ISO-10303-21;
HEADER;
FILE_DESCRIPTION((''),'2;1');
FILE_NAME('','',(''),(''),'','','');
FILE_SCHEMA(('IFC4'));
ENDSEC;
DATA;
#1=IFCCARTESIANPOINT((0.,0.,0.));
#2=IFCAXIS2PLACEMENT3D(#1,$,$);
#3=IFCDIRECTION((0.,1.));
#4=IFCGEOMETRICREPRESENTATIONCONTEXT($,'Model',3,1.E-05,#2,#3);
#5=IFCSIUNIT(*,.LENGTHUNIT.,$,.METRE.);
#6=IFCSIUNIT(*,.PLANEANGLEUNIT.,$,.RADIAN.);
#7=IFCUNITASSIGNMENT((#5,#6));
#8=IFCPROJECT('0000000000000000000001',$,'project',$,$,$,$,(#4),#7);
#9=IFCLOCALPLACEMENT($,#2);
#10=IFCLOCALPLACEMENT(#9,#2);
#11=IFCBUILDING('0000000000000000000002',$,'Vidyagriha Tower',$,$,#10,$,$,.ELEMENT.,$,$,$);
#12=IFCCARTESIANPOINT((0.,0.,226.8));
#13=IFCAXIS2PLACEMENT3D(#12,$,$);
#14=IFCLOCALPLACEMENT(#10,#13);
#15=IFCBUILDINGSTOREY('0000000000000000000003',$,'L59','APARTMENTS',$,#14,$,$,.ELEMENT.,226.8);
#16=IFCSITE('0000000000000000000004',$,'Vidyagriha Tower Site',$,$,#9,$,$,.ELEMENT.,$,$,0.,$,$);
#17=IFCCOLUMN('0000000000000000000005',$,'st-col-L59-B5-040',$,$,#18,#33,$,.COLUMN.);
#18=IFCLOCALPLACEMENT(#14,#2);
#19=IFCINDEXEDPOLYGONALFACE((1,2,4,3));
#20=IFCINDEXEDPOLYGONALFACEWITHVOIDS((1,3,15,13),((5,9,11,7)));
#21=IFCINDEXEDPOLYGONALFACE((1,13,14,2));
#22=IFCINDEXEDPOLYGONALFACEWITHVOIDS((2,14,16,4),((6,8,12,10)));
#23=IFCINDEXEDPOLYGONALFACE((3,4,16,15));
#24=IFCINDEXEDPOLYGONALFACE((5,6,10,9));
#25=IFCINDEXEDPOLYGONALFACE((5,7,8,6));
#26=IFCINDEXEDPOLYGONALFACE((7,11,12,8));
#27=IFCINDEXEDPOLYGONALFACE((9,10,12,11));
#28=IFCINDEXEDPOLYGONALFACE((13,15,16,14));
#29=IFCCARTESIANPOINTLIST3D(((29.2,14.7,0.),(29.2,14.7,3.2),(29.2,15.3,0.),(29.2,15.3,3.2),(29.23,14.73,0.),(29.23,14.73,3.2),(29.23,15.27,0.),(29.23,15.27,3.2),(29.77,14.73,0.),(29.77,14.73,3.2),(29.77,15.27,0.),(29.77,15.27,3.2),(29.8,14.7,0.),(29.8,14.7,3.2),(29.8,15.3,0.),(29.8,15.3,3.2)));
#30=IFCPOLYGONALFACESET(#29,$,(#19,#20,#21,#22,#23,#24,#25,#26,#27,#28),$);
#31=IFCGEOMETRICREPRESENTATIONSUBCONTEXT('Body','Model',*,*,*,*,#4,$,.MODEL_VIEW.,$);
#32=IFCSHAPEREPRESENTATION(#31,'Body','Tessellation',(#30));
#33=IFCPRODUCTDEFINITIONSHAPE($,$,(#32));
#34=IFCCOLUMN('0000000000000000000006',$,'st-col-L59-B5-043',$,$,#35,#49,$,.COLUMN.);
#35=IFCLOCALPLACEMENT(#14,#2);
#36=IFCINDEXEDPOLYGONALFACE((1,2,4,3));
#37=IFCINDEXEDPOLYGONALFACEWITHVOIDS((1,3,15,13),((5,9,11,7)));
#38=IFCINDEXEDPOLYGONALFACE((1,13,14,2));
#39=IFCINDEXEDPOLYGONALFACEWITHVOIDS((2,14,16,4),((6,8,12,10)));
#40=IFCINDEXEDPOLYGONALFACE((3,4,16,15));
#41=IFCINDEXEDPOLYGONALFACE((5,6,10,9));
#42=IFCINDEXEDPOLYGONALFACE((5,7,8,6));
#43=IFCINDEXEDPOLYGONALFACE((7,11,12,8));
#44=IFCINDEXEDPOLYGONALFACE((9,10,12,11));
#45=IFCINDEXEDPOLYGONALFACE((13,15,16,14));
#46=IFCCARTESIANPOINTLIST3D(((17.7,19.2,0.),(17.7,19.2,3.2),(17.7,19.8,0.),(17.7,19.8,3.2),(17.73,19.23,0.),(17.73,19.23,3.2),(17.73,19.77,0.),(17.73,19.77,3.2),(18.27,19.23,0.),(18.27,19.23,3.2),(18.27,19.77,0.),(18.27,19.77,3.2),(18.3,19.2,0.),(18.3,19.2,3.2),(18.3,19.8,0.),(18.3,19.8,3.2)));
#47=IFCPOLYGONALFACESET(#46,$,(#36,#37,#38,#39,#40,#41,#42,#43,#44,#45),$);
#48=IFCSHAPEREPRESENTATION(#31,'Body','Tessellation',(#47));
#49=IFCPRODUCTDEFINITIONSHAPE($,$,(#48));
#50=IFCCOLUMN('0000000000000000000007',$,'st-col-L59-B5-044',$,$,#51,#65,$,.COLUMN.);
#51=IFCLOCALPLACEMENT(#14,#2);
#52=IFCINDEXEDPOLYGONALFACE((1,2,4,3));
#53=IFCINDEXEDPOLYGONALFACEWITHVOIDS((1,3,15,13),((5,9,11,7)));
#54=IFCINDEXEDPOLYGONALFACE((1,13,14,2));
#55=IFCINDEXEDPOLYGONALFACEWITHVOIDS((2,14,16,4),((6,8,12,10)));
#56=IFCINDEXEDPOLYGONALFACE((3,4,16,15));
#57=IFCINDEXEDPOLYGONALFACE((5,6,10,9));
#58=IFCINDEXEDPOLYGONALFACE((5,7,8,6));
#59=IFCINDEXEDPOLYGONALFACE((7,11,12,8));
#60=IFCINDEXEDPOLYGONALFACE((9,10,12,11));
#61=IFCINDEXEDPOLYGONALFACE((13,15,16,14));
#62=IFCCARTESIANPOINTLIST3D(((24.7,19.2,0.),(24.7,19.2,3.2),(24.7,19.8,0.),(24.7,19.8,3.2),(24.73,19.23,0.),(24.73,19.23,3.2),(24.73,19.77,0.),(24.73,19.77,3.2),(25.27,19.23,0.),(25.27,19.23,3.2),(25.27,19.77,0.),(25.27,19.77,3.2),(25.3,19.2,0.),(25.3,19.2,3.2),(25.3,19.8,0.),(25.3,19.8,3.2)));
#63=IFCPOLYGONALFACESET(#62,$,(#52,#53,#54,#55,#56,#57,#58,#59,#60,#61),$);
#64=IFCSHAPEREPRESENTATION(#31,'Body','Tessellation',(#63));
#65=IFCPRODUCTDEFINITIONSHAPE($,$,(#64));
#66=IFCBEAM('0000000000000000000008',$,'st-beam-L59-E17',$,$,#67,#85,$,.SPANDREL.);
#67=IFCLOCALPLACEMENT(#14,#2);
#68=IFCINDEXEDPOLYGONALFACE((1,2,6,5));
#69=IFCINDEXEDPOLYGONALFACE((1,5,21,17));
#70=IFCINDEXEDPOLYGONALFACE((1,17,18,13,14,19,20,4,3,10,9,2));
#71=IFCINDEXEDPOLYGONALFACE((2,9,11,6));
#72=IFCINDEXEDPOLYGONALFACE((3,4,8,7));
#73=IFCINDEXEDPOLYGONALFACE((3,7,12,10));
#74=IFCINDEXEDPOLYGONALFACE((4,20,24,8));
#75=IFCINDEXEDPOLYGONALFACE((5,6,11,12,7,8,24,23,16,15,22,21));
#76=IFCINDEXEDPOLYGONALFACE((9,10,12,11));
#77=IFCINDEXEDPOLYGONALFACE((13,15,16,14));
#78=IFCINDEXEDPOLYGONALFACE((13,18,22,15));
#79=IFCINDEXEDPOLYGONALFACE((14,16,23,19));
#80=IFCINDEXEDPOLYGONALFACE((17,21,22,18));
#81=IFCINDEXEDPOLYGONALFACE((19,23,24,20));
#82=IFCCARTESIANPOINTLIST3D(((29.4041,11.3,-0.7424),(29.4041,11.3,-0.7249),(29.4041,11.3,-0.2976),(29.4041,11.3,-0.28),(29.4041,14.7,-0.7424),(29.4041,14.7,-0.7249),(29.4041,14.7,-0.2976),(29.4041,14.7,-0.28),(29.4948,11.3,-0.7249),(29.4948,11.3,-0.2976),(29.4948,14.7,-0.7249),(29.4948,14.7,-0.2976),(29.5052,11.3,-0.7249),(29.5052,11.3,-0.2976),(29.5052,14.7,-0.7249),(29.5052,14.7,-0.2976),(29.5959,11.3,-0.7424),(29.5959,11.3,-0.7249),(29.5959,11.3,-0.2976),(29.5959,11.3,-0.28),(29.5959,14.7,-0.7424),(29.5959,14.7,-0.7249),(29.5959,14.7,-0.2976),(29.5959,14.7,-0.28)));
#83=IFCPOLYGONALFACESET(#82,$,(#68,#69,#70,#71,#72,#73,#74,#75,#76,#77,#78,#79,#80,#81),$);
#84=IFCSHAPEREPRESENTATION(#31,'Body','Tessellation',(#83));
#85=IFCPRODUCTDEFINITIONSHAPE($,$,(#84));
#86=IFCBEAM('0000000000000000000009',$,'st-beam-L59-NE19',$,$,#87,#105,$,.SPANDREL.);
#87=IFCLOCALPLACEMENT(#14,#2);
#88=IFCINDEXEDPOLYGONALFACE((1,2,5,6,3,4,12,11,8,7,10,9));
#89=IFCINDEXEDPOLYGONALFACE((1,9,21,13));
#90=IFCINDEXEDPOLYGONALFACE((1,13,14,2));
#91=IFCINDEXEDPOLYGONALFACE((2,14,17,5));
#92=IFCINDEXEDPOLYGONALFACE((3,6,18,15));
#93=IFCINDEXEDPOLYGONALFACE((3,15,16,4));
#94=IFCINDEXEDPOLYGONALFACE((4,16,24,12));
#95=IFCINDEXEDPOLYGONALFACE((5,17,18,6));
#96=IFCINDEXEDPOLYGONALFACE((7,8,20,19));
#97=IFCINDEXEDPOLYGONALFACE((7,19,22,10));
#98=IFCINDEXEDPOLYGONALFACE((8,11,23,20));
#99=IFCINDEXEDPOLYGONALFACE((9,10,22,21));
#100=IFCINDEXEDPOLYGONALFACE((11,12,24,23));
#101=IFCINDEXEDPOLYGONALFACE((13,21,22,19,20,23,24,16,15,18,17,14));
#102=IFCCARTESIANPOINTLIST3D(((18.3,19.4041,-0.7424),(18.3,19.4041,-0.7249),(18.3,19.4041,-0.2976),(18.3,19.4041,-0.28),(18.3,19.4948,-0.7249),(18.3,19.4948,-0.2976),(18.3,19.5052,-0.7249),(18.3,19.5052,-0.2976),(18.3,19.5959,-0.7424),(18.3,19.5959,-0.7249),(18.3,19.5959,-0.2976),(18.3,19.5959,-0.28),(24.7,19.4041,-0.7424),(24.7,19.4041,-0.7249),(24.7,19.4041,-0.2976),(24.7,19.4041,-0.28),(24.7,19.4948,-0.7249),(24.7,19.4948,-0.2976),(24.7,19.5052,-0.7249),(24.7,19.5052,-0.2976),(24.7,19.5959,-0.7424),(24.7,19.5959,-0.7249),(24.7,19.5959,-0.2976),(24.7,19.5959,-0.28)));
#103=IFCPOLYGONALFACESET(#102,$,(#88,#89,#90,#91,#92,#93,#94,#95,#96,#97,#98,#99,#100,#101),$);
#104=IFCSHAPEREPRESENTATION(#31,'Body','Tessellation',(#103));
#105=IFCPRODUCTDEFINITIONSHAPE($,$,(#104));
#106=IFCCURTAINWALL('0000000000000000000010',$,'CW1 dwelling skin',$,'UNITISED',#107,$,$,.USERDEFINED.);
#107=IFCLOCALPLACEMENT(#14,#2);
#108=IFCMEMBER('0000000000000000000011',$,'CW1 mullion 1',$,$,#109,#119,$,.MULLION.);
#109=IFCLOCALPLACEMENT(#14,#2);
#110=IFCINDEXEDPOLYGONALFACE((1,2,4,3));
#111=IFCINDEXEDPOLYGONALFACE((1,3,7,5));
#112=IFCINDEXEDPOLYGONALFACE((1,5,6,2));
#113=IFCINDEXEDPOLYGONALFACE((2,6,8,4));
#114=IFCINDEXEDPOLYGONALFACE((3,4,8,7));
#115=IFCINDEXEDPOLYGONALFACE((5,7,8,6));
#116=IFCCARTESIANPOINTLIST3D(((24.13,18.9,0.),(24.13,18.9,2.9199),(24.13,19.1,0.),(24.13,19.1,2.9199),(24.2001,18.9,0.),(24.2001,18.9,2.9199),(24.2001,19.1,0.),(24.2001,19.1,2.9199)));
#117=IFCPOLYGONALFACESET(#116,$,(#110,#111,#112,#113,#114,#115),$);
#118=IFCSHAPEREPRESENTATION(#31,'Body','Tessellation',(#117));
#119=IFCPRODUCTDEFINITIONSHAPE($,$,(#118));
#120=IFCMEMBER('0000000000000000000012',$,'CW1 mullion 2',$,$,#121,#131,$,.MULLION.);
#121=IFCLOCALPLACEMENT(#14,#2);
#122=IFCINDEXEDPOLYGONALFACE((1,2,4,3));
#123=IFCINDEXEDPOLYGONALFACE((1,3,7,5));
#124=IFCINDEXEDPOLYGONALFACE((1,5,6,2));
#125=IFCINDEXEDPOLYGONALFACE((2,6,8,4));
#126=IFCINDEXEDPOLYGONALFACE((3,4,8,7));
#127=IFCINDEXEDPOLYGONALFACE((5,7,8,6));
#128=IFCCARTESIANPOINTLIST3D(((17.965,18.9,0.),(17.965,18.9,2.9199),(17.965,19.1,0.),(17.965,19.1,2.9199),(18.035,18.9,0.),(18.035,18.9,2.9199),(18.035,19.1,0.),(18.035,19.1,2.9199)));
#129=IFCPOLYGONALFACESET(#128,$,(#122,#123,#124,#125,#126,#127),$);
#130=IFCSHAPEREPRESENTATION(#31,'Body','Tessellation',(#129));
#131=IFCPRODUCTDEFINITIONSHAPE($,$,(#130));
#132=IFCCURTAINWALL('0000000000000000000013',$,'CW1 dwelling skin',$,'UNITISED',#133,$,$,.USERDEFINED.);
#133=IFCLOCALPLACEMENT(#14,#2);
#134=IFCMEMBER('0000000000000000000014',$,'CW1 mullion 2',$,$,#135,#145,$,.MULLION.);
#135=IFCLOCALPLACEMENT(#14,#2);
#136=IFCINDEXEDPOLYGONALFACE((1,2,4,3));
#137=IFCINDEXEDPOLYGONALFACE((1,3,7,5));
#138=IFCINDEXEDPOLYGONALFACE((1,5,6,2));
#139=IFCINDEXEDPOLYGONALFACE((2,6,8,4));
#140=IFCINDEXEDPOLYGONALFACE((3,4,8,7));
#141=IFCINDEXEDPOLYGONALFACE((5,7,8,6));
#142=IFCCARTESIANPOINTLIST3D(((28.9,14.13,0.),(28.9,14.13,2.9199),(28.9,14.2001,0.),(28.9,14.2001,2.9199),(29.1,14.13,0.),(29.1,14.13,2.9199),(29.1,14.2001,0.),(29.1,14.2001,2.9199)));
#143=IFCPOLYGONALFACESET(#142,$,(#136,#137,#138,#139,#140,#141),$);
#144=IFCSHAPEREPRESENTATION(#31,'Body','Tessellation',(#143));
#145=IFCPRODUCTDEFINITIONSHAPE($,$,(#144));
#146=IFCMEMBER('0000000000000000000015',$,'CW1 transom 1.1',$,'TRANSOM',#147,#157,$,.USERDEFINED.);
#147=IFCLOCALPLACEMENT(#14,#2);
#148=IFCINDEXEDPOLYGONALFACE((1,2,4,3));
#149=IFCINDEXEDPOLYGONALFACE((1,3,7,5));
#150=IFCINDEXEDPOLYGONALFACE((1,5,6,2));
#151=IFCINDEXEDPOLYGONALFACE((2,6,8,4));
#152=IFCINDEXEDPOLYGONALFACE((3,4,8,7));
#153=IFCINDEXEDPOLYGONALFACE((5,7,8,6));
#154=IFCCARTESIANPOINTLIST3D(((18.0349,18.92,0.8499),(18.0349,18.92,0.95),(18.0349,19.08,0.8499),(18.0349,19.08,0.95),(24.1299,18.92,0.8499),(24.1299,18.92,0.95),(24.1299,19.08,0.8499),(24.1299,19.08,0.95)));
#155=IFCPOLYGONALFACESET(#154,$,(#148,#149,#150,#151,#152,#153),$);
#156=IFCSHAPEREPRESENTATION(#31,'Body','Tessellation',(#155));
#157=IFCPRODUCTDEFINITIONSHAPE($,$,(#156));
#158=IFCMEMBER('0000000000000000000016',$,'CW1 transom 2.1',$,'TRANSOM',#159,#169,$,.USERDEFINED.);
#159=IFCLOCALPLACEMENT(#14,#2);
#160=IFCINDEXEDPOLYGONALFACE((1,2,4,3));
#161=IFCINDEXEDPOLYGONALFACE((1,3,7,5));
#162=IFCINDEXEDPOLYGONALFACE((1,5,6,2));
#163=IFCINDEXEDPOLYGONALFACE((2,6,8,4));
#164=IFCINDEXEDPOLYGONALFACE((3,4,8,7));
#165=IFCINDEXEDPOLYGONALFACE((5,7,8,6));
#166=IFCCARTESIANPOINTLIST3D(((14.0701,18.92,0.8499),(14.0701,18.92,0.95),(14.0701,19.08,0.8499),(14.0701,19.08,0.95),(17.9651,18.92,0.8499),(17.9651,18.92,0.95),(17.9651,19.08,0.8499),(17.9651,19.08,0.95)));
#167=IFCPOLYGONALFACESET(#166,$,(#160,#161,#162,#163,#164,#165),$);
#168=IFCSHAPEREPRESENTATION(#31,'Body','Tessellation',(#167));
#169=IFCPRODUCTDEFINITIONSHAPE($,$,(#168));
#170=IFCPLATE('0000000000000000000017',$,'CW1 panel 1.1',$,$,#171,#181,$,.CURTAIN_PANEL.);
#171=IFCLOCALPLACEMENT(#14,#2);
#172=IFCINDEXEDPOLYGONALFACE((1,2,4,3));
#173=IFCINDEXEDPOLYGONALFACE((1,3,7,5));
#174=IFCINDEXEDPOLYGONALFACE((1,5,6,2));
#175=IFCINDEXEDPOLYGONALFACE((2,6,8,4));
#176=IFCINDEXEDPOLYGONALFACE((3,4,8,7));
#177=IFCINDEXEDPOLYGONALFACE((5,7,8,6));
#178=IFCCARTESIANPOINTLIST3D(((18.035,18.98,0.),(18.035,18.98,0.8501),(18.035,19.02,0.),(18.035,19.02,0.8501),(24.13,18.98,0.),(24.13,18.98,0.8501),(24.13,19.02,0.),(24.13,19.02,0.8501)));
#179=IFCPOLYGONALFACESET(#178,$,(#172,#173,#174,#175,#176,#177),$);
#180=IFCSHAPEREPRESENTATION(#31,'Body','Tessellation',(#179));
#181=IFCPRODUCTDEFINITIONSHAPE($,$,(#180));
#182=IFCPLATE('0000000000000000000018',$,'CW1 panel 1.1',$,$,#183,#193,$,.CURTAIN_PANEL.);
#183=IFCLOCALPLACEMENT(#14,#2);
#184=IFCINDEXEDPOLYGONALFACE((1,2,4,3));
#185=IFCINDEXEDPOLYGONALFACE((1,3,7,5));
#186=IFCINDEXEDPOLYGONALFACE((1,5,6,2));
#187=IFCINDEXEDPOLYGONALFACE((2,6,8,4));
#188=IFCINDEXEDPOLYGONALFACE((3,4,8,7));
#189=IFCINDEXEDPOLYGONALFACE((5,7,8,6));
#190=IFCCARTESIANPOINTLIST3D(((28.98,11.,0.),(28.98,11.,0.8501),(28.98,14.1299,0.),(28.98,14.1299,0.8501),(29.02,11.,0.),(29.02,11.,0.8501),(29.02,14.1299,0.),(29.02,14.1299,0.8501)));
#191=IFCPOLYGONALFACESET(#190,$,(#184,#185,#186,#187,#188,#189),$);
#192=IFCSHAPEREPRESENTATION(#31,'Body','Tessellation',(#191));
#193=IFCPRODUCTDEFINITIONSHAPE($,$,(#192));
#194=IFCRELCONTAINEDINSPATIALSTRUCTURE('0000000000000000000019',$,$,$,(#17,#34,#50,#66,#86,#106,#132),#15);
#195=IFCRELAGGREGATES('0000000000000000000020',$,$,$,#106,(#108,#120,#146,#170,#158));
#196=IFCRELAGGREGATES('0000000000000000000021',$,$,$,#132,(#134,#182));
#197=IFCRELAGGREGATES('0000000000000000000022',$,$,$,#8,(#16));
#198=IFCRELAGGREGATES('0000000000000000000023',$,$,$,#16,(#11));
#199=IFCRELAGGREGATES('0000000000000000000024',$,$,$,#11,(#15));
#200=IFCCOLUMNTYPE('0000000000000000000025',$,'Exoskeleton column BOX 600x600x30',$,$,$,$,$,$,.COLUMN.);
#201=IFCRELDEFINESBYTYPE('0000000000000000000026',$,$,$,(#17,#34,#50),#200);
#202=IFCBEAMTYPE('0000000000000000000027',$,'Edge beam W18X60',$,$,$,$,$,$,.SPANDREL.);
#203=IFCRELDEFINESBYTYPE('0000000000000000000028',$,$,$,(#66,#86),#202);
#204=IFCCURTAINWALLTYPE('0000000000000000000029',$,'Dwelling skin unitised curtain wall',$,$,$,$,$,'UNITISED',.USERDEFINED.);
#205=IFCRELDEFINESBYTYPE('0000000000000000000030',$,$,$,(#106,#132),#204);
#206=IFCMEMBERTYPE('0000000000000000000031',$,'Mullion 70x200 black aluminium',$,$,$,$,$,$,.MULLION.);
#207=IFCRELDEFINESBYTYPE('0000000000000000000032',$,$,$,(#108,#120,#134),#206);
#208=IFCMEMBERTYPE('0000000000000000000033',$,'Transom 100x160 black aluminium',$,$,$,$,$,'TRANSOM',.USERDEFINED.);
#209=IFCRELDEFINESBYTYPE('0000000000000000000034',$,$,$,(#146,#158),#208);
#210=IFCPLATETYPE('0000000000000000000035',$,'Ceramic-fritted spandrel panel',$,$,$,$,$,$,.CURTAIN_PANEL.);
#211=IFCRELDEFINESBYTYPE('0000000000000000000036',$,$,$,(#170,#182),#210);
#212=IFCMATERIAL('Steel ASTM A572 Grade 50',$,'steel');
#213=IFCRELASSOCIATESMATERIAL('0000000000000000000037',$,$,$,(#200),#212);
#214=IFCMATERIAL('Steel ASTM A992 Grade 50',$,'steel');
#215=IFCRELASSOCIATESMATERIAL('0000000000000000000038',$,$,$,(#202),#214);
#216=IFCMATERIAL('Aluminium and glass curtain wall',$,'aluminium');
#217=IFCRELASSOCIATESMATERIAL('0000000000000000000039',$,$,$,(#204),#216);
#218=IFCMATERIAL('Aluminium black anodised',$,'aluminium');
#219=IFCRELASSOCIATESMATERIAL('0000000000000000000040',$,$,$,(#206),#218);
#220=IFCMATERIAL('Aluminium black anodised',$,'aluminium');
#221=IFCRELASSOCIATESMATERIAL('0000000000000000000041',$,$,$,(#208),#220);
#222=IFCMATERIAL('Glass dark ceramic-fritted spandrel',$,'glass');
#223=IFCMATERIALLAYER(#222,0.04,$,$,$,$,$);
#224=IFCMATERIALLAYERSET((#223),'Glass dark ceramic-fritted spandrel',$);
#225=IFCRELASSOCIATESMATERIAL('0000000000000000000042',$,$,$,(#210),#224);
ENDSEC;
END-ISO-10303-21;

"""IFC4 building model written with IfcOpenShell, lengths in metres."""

from ifc_helpers import new_model, si_unit, direction, frame, origin, origin_2d, place, context, subcontext, project, spatial, rectangle, hollow_rectangle, i_section, extrude, material, layer, layer_set, material_profile, profile_set, type_object, element, aggregate, save


model = new_model("IFC4")

# Units and contexts
model_context = context("Model", 3, precision=1e-05, world=origin(), true_north=direction((0.0, 1.0)))
body_context = subcontext(model_context, "Body", "Model", "MODEL_VIEW")
ifc_project = project(units=[si_unit("LENGTHUNIT", "METRE"), si_unit("PLANEANGLEUNIT", "RADIAN")], contexts=[model_context])

# Site, building, storey
site_placement = place(None, origin())
site = spatial("IfcSite", under=ifc_project, at=site_placement, Name="Vidyagriha Tower Site", CompositionType="ELEMENT", RefElevation=0.0)
building_placement = place(site_placement, origin())
building = spatial("IfcBuilding", under=site, at=building_placement, Name="Vidyagriha Tower", CompositionType="ELEMENT")
storey_placement = place(building_placement, frame((0.0, 0.0, 226.8)))
storey = spatial("IfcBuildingStorey", under=building, at=storey_placement, Name="L59", Description="APARTMENTS", CompositionType="ELEMENT", Elevation=226.8)

# Columns
ifc_material_1 = material(Name="Steel ASTM A572 Grade 50", Category="steel")
ifc_material_profile_1 = material_profile(ifc_material_1, hollow_rectangle(XDim=0.6001, YDim=0.6001, WallThickness=0.03, at=origin_2d()), Name="BOX 600x600x30")
ifc_profile_set_1 = profile_set([ifc_material_profile_1], Name="Steel ASTM A572 Grade 50")
column_type = type_object("IfcColumnType", Name="Exoskeleton column BOX 600x600x30", PredefinedType="COLUMN", material=ifc_profile_set_1)
for number, where, name in (
    (1, (29.5, 15.0, 0.0), "st-col-L59-B5-040"),
    (2, (18.0, 19.5, 0.0), "st-col-L59-B5-043"),
    (3, (25.0, 19.5, 0.0), "st-col-L59-B5-044"),
):
    element("IfcColumn", number, at=place(storey_placement, frame(where)), inside=storey, type_object=column_type, Name=name, PredefinedType="COLUMN", context=body_context, shape_type="SweptSolid", body=[
        extrude(hollow_rectangle(XDim=0.6001, YDim=0.6001, WallThickness=0.03, at=origin_2d()), origin(), (0.0, 0.0, 1.0), 3.2),
    ])

# Beams
ifc_material_2 = material(Name="Steel ASTM A992 Grade 50", Category="steel")
ifc_material_profile_2 = material_profile(ifc_material_2, i_section(OverallWidth=0.1919, OverallDepth=0.4624, WebThickness=0.0105, FlangeThickness=0.0176, at=origin_2d()), Name="W18X60")
ifc_profile_set_2 = profile_set([ifc_material_profile_2], Name="Steel ASTM A992 Grade 50")
beam_type = type_object("IfcBeamType", Name="Edge beam W18X60", PredefinedType="SPANDREL", material=ifc_profile_set_2)
beam_1_placement = place(storey_placement, frame((29.5, 11.3, -0.5112), z_axis=(0.0, 1.0, 0.0), x_axis=(-1.0, 0.0, 0.0)))
element("IfcBeam", 4, at=beam_1_placement, inside=storey, type_object=beam_type, Name="st-beam-L59-E17", PredefinedType="SPANDREL", context=body_context, shape_type="SweptSolid", body=[
    extrude(i_section(OverallWidth=0.1919, OverallDepth=0.4624, WebThickness=0.0105, FlangeThickness=0.0176, at=origin_2d()), origin(), (0.0, 0.0, 1.0), 3.3999),
])
beam_2_placement = place(storey_placement, frame((18.3, 19.5, -0.5112), z_axis=(1.0, 0.0, 0.0), x_axis=(0.0, 1.0, 0.0)))
element("IfcBeam", 5, at=beam_2_placement, inside=storey, type_object=beam_type, Name="st-beam-L59-NE19", PredefinedType="SPANDREL", context=body_context, shape_type="SweptSolid", body=[
    extrude(i_section(OverallWidth=0.1919, OverallDepth=0.4624, WebThickness=0.0105, FlangeThickness=0.0176, at=origin_2d()), origin(), (0.0, 0.0, 1.0), 6.3999),
])

# Curtain wall, members
ifc_material_3 = material(Name="Aluminium and glass curtain wall", Category="aluminium")
curtain_wall_type = type_object("IfcCurtainWallType", Name="Dwelling skin unitised curtain wall", ElementType="UNITISED", PredefinedType="USERDEFINED", material=ifc_material_3)
curtain_wall_1_placement = place(storey_placement, origin())
curtain_wall_1 = element("IfcCurtainWall", 6, at=curtain_wall_1_placement, inside=storey, type_object=curtain_wall_type, Name="CW1 dwelling skin", ObjectType="UNITISED", PredefinedType="USERDEFINED")
ifc_material_4 = material(Name="Aluminium black anodised", Category="aluminium")
ifc_material_profile_3 = material_profile(ifc_material_4, rectangle(XDim=0.2, YDim=0.0701, at=origin_2d()), Name="Mullion 70x200 black aluminium")
ifc_profile_set_3 = profile_set([ifc_material_profile_3], Name="Aluminium black anodised")
member_type_1 = type_object("IfcMemberType", Name="Mullion 70x200 black aluminium", PredefinedType="MULLION", material=ifc_profile_set_3)
member_1_placement = place(storey_placement, frame((24.165, 19.0, 0.0), z_axis=(0.0, 0.0, 1.0), x_axis=(0.0, -1.0, 0.0)))
member_1 = element("IfcMember", 7, at=member_1_placement, type_object=member_type_1, Name="CW1 mullion 1", PredefinedType="MULLION", context=body_context, shape_type="SweptSolid", body=[
    extrude(rectangle(XDim=0.2, YDim=0.0701, at=origin_2d()), origin(), (0.0, 0.0, 1.0), 2.9199),
])
member_2_placement = place(storey_placement, frame((18.0, 19.0, 0.0), z_axis=(0.0, 0.0, 1.0), x_axis=(0.0, -1.0, 0.0)))
member_2 = element("IfcMember", 8, at=member_2_placement, type_object=member_type_1, Name="CW1 mullion 2", PredefinedType="MULLION", context=body_context, shape_type="SweptSolid", body=[
    extrude(rectangle(XDim=0.2, YDim=0.0701, at=origin_2d()), origin(), (0.0, 0.0, 1.0), 2.9199),
])

# Curtain wall, member
curtain_wall_2_placement = place(storey_placement, origin())
curtain_wall_2 = element("IfcCurtainWall", 9, at=curtain_wall_2_placement, inside=storey, type_object=curtain_wall_type, Name="CW1 dwelling skin", ObjectType="UNITISED", PredefinedType="USERDEFINED")
member_3_placement = place(storey_placement, frame((29.0, 14.165, 0.0), z_axis=(0.0, 0.0, 1.0), x_axis=(-1.0, 0.0, 0.0)))
member_3 = element("IfcMember", 10, at=member_3_placement, type_object=member_type_1, Name="CW1 mullion 2", PredefinedType="MULLION", context=body_context, shape_type="SweptSolid", body=[
    extrude(rectangle(XDim=0.2, YDim=0.0701, at=origin_2d()), origin(), (0.0, 0.0, 1.0), 2.9199),
])

# Members
ifc_material_5 = material(Name="Aluminium black anodised", Category="aluminium")
ifc_material_profile_4 = material_profile(ifc_material_5, rectangle(XDim=0.1599, YDim=0.1001, at=origin_2d()), Name="Transom 100x160 black aluminium")
ifc_profile_set_4 = profile_set([ifc_material_profile_4], Name="Aluminium black anodised")
member_type_2 = type_object("IfcMemberType", Name="Transom 100x160 black aluminium", ElementType="TRANSOM", PredefinedType="USERDEFINED", material=ifc_profile_set_4)
member_4_placement = place(storey_placement, frame((24.1299, 19.0, 0.8999), z_axis=(-1.0, 0.0, 0.0), x_axis=(0.0, -1.0, 0.0)))
member_4 = element("IfcMember", 11, at=member_4_placement, type_object=member_type_2, Name="CW1 transom 1.1", ObjectType="TRANSOM", PredefinedType="USERDEFINED", context=body_context, shape_type="SweptSolid", body=[
    extrude(rectangle(XDim=0.1599, YDim=0.1001, at=origin_2d()), origin(), (0.0, 0.0, 1.0), 6.095),
])
member_5_placement = place(storey_placement, frame((17.9651, 19.0, 0.8999), z_axis=(-1.0, 0.0, 0.0), x_axis=(0.0, -1.0, 0.0)))
member_5 = element("IfcMember", 12, at=member_5_placement, type_object=member_type_2, Name="CW1 transom 2.1", ObjectType="TRANSOM", PredefinedType="USERDEFINED", context=body_context, shape_type="SweptSolid", body=[
    extrude(rectangle(XDim=0.1599, YDim=0.1001, at=origin_2d()), origin(), (0.0, 0.0, 1.0), 3.895),
])

# Plates
ifc_material_6 = material(Name="Glass dark ceramic-fritted spandrel", Category="glass")
ifc_layer_1 = layer(ifc_material_6, 0.04)
ifc_layer_set_1 = layer_set([ifc_layer_1], Name="Glass dark ceramic-fritted spandrel")
plate_type_1 = type_object("IfcPlateType", Name="Ceramic-fritted spandrel panel", PredefinedType="CURTAIN_PANEL", material=ifc_layer_set_1)
plate_1_placement = place(storey_placement, frame((21.0825, 19.0, 0.0), z_axis=(0.0, 0.0, 1.0), x_axis=(-1.0, 0.0, 0.0)))
plate_1 = element("IfcPlate", 13, at=plate_1_placement, type_object=plate_type_1, Name="CW1 panel 1.1", PredefinedType="CURTAIN_PANEL", context=body_context, shape_type="SweptSolid", body=[
    extrude(rectangle(XDim=6.095, YDim=0.04, at=origin_2d()), origin(), (0.0, 0.0, 1.0), 0.8501),
])
plate_2_placement = place(storey_placement, frame((29.0, 12.5649, 0.0), z_axis=(0.0, 0.0, 1.0), x_axis=(0.0, 1.0, 0.0)))
plate_2 = element("IfcPlate", 14, at=plate_2_placement, type_object=plate_type_1, Name="CW1 panel 1.1", PredefinedType="CURTAIN_PANEL", context=body_context, shape_type="SweptSolid", body=[
    extrude(rectangle(XDim=3.1299, YDim=0.04, at=origin_2d()), origin(), (0.0, 0.0, 1.0), 0.8501),
])
aggregate(curtain_wall_1, [member_1, member_2, member_4, plate_1, member_5])
aggregate(curtain_wall_2, [member_3, plate_2])

save(model, "model.ifc")
